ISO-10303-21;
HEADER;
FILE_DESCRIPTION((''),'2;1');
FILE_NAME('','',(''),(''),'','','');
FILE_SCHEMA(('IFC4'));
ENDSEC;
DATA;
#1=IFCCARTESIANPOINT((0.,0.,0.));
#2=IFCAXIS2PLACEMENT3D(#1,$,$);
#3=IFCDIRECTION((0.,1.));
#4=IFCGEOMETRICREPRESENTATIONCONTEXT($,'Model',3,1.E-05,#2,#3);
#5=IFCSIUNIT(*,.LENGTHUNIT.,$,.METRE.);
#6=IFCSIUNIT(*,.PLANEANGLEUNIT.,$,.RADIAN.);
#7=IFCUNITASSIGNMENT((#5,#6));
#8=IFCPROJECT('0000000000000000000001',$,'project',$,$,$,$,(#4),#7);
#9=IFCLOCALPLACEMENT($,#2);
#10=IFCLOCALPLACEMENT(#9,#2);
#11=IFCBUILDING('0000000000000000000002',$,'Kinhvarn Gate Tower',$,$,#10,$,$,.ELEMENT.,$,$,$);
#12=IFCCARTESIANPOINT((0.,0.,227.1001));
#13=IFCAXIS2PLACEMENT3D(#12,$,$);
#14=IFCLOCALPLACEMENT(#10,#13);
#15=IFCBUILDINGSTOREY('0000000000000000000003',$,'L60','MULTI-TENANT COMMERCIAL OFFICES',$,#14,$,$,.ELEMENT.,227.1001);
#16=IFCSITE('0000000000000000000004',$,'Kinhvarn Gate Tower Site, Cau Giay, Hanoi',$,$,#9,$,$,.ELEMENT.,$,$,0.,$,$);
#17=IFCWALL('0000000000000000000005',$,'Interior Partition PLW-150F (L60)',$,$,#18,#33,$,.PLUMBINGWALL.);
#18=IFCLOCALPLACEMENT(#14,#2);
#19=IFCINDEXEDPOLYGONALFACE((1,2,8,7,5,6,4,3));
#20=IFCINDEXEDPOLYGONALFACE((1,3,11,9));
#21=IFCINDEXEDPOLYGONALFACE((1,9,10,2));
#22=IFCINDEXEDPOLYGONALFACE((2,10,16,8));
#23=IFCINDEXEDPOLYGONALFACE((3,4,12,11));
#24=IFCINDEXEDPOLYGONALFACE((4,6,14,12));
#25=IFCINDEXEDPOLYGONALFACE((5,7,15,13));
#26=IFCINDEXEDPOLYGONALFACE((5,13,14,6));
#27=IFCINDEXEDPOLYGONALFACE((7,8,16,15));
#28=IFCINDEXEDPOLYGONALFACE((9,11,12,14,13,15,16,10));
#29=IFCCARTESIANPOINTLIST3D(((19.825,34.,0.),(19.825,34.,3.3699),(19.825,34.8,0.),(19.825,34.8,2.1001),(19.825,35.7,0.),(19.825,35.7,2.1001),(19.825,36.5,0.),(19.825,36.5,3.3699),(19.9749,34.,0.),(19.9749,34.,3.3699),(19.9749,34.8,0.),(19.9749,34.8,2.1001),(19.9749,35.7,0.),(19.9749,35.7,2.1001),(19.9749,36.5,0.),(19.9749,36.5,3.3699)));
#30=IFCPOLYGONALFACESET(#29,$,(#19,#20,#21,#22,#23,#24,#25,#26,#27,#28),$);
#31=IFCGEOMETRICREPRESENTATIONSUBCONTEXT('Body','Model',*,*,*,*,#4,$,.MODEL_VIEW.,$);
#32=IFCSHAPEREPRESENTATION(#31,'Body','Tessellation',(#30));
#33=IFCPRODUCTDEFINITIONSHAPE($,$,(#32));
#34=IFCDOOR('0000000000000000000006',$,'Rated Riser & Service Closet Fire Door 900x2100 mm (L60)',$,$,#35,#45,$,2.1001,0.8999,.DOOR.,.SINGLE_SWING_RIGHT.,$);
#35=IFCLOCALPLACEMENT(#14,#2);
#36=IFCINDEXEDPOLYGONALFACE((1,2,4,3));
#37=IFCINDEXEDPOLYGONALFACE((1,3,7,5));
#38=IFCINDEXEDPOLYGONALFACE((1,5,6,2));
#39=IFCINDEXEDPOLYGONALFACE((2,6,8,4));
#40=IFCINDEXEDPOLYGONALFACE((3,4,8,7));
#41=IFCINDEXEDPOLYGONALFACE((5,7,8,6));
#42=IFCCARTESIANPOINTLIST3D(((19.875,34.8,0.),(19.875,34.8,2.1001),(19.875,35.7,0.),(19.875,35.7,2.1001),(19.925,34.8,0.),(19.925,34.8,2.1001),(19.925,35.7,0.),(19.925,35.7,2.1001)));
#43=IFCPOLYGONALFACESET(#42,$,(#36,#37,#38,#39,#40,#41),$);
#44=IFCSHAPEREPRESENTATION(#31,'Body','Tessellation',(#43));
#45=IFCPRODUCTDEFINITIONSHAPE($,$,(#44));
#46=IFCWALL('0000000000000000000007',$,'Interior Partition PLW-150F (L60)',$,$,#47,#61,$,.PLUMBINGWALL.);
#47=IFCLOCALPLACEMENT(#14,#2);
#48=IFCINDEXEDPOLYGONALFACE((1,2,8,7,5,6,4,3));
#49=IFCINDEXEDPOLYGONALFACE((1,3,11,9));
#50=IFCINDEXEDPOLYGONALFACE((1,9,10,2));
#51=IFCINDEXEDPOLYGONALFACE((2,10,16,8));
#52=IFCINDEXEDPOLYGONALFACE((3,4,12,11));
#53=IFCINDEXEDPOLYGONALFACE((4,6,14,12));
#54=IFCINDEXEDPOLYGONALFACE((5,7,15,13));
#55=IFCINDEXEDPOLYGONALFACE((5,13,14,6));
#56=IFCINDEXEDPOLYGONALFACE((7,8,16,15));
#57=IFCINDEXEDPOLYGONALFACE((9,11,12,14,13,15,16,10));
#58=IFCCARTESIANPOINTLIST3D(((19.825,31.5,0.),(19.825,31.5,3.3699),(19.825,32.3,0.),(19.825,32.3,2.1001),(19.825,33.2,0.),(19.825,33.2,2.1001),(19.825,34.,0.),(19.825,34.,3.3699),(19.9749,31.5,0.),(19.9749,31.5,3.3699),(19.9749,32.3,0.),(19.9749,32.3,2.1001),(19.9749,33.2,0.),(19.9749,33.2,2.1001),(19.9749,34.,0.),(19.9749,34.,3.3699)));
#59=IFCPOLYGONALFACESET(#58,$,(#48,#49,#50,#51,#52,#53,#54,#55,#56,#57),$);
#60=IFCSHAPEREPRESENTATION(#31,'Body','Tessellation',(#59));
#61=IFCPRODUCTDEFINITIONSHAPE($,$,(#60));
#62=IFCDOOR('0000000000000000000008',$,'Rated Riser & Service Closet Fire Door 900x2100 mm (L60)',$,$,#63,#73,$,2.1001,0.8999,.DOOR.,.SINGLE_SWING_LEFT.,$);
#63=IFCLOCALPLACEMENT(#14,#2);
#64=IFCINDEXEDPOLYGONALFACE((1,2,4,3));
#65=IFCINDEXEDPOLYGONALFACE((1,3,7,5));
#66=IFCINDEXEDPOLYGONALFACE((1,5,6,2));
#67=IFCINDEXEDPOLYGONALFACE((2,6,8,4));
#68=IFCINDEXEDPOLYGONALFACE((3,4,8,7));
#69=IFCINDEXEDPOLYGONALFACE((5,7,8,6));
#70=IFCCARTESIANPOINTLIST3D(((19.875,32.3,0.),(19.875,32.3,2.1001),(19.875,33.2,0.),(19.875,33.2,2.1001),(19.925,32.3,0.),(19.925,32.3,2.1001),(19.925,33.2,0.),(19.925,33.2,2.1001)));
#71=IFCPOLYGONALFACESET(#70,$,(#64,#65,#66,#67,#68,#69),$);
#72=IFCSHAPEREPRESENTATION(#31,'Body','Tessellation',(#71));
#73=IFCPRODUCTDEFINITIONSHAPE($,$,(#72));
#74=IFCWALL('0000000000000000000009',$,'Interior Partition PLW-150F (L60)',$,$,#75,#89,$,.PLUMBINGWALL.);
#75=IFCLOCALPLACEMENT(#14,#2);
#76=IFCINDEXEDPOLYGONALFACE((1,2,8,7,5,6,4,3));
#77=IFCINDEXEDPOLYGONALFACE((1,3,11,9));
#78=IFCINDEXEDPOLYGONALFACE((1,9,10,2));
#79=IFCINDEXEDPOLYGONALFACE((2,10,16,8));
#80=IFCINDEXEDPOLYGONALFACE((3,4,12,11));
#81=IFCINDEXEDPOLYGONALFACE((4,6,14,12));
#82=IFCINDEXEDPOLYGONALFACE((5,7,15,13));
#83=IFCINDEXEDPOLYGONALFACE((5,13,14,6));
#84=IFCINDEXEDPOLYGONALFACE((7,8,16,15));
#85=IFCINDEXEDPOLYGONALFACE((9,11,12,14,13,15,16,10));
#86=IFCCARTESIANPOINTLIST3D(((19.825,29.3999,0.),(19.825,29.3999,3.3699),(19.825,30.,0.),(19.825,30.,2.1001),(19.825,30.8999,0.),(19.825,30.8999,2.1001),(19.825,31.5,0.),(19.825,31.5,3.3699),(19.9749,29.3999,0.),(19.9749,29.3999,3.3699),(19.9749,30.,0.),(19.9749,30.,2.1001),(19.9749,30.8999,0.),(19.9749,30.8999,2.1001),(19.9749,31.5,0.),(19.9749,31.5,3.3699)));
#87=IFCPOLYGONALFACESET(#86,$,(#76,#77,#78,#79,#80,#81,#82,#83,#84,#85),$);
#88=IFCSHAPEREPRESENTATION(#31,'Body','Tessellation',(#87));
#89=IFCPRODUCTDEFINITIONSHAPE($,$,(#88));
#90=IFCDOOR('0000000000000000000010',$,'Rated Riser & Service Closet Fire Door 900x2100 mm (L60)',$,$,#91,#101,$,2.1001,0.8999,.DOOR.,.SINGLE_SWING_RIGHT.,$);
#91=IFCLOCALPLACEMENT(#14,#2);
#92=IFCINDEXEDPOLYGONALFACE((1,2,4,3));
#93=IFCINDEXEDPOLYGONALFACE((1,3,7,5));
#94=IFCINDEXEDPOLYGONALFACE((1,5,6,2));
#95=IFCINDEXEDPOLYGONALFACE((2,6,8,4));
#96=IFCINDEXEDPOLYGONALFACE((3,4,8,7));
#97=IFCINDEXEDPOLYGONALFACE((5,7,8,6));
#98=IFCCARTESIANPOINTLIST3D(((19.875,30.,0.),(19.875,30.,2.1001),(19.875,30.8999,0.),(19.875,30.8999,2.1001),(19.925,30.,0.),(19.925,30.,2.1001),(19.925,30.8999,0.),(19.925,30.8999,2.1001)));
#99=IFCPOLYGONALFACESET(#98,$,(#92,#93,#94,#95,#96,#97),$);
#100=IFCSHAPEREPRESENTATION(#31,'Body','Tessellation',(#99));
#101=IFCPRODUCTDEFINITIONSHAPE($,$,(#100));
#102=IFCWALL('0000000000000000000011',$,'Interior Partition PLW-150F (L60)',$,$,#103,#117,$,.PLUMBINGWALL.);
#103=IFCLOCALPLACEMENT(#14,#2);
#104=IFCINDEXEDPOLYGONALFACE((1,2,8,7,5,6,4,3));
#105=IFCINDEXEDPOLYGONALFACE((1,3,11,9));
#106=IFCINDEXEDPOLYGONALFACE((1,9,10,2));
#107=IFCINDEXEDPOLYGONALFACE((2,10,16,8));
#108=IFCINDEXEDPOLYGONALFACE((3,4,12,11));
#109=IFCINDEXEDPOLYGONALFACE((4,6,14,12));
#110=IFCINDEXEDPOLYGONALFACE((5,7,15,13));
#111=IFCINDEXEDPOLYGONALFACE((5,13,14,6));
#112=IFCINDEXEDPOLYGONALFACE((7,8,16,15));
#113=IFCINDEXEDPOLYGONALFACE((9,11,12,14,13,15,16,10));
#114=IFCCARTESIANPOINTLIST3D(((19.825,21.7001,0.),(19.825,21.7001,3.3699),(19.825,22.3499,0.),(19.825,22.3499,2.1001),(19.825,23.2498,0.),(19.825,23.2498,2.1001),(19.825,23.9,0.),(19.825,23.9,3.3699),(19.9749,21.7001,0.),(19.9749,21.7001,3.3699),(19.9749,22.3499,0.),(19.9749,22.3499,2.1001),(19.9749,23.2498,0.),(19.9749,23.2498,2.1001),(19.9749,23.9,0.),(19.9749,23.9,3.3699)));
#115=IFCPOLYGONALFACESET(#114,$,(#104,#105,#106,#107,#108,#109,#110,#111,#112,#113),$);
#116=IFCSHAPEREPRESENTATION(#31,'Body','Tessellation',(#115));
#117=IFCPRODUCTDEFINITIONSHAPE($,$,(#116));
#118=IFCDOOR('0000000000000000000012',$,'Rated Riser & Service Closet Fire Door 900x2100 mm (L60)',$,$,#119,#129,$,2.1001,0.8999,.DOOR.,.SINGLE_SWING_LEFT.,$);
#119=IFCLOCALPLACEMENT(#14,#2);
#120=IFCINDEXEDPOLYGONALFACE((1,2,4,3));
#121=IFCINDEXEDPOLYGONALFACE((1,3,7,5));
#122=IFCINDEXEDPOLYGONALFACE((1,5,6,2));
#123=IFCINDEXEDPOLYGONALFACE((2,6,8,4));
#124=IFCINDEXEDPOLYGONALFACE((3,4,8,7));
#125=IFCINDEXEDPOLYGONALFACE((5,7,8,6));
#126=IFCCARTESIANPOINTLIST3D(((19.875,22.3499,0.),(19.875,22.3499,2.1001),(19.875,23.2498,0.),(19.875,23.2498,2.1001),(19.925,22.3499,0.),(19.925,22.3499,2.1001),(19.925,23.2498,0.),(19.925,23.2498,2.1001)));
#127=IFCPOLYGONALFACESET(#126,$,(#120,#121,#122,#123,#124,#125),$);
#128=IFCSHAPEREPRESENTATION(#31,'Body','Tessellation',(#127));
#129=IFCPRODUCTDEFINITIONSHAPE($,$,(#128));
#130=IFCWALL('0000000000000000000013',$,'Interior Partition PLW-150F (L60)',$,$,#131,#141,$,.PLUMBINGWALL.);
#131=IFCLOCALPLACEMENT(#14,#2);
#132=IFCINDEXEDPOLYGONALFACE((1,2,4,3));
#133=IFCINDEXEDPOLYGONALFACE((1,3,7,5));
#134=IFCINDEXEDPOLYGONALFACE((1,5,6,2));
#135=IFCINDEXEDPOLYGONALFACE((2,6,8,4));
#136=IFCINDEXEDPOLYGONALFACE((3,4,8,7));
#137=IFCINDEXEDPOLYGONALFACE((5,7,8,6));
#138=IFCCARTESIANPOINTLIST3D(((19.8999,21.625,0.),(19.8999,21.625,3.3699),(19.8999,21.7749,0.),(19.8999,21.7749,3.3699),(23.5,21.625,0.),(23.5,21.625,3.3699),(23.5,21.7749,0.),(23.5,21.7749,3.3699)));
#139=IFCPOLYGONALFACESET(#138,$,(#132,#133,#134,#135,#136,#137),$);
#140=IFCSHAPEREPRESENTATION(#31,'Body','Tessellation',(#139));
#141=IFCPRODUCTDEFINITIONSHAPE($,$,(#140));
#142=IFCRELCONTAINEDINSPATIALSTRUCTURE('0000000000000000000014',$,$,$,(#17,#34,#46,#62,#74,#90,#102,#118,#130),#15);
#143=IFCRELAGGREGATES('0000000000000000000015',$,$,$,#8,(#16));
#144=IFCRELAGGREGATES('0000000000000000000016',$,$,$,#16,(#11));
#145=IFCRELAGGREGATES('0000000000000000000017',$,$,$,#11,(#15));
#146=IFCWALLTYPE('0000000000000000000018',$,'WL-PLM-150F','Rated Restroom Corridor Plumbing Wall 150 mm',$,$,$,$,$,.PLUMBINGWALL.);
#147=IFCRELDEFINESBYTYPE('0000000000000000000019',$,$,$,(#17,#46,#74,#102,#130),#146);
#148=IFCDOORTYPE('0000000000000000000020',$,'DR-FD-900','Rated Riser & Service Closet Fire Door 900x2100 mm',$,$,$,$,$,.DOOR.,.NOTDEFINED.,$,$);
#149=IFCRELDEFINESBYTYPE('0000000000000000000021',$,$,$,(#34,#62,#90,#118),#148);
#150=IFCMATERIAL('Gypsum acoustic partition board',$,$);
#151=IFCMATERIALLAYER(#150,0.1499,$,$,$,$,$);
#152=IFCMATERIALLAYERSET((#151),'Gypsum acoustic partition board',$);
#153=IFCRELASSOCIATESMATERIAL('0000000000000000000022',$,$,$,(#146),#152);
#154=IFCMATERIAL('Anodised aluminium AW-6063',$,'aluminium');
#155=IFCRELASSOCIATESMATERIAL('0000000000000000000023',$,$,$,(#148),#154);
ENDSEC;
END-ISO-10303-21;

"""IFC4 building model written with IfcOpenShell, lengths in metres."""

from ifc_helpers import new_model, si_unit, direction, frame, frame_2d, origin, place, context, subcontext, project, spatial, rectangle, extrude, material, layer, layer_set, type_object, element, fill, save


model = new_model("IFC4")

# Units and contexts
model_context = context("Model", 3, precision=1e-05, world=origin(), true_north=direction((0.0, 1.0)))
body_context = subcontext(model_context, "Body", "Model", "MODEL_VIEW")
ifc_project = project(units=[si_unit("LENGTHUNIT", "METRE"), si_unit("PLANEANGLEUNIT", "RADIAN")], contexts=[model_context])

# Site, building, storey
site_placement = place(None, origin())
site = spatial("IfcSite", under=ifc_project, at=site_placement, Name="Kinhvarn Gate Tower Site, Cau Giay, Hanoi", CompositionType="ELEMENT", RefElevation=0.0)
building_placement = place(site_placement, origin())
building = spatial("IfcBuilding", under=site, at=building_placement, Name="Kinhvarn Gate Tower", CompositionType="ELEMENT")
storey_placement = place(building_placement, frame((0.0, 0.0, 227.1001)))
storey = spatial("IfcBuildingStorey", under=building, at=storey_placement, Name="L60", Description="MULTI-TENANT COMMERCIAL OFFICES", CompositionType="ELEMENT", Elevation=227.1001)

# Shared definitions
ifc_material_1 = material(Name="Anodised aluminium AW-6063", Category="aluminium")

# Shared definitions
ifc_material_2 = material(Name="Gypsum acoustic partition board")

# Walls, openings, doors
ifc_layer_1 = layer(ifc_material_2, 0.1499)
ifc_layer_set_1 = layer_set([ifc_layer_1], Name="Gypsum acoustic partition board")
wall_type_1 = type_object("IfcWallType", Name="WL-PLM-150F", Description="Rated Restroom Corridor Plumbing Wall 150 mm", PredefinedType="PLUMBINGWALL", material=ifc_layer_set_1)
wall_1_placement = place(storey_placement, frame((19.8999, 34.0, 0.0), z_axis=(0.0, 0.0, 1.0), x_axis=(0.0, 1.0, 0.0)))
wall_1 = element("IfcWall", 1, at=wall_1_placement, inside=storey, type_object=wall_type_1, Name="Interior Partition PLW-150F (L60)", PredefinedType="PLUMBINGWALL", context=body_context, shape_type="SweptSolid", body=[
    extrude(rectangle(XDim=2.5, YDim=0.1499, at=frame_2d((1.25, 0.0))), origin(), (0.0, 0.0, 1.0), 3.3699),
])
opening_1_placement = place(wall_1_placement, frame((0.8, 0.0, 0.0)))
opening_1 = element("IfcOpeningElement", 2, at=opening_1_placement, cuts=wall_1, PredefinedType="OPENING", context=body_context, shape_type="SweptSolid", body=[
    extrude(rectangle(XDim=0.8999, YDim=2.1001, at=frame_2d((0.45, 1.05))), frame((0.0, 0.085, 0.0), z_axis=(0.0, -1.0, 0.0), x_axis=(1.0, 0.0, 0.0)), (0.0, 0.0, 1.0), 0.1699),
])
door_type_1 = type_object("IfcDoorType", Name="DR-FD-900", Description="Rated Riser & Service Closet Fire Door 900x2100 mm", OperationType="NOTDEFINED", PredefinedType="DOOR", material=ifc_material_1)
door_1_placement = place(opening_1_placement, origin())
door_1 = element("IfcDoor", 3, at=door_1_placement, inside=storey, type_object=door_type_1, Name="Rated Riser & Service Closet Fire Door 900x2100 mm (L60)", OperationType="SINGLE_SWING_RIGHT", OverallHeight=2.1001, OverallWidth=0.8999, PredefinedType="DOOR", context=body_context, shape_type="SweptSolid", body=[
    extrude(rectangle(XDim=0.8999, YDim=2.1001, at=frame_2d((0.45, 1.05))), frame((0.0, 0.0249, 0.0), z_axis=(0.0, -1.0, 0.0), x_axis=(1.0, 0.0, 0.0)), (0.0, 0.0, 1.0), 0.05),
])
fill(opening_1, door_1)
wall_2_placement = place(storey_placement, frame((19.8999, 31.5, 0.0), z_axis=(0.0, 0.0, 1.0), x_axis=(0.0, 1.0, 0.0)))
wall_2 = element("IfcWall", 4, at=wall_2_placement, inside=storey, type_object=wall_type_1, Name="Interior Partition PLW-150F (L60)", PredefinedType="PLUMBINGWALL", context=body_context, shape_type="SweptSolid", body=[
    extrude(rectangle(XDim=2.5, YDim=0.1499, at=frame_2d((1.25, 0.0))), origin(), (0.0, 0.0, 1.0), 3.3699),
])
opening_2_placement = place(wall_2_placement, frame((0.8, 0.0, 0.0)))
opening_2 = element("IfcOpeningElement", 5, at=opening_2_placement, cuts=wall_2, PredefinedType="OPENING", context=body_context, shape_type="SweptSolid", body=[
    extrude(rectangle(XDim=0.8999, YDim=2.1001, at=frame_2d((0.45, 1.05))), frame((0.0, 0.085, 0.0), z_axis=(0.0, -1.0, 0.0), x_axis=(1.0, 0.0, 0.0)), (0.0, 0.0, 1.0), 0.1699),
])
door_2_placement = place(opening_2_placement, origin())
door_2 = element("IfcDoor", 6, at=door_2_placement, inside=storey, type_object=door_type_1, Name="Rated Riser & Service Closet Fire Door 900x2100 mm (L60)", OperationType="SINGLE_SWING_LEFT", OverallHeight=2.1001, OverallWidth=0.8999, PredefinedType="DOOR", context=body_context, shape_type="SweptSolid", body=[
    extrude(rectangle(XDim=0.8999, YDim=2.1001, at=frame_2d((0.45, 1.05))), frame((0.0, 0.0249, 0.0), z_axis=(0.0, -1.0, 0.0), x_axis=(1.0, 0.0, 0.0)), (0.0, 0.0, 1.0), 0.05),
])
fill(opening_2, door_2)
wall_3_placement = place(storey_placement, frame((19.8999, 29.3999, 0.0), z_axis=(0.0, 0.0, 1.0), x_axis=(0.0, 1.0, 0.0)))
wall_3 = element("IfcWall", 7, at=wall_3_placement, inside=storey, type_object=wall_type_1, Name="Interior Partition PLW-150F (L60)", PredefinedType="PLUMBINGWALL", context=body_context, shape_type="SweptSolid", body=[
    extrude(rectangle(XDim=2.1001, YDim=0.1499, at=frame_2d((1.05, 0.0))), origin(), (0.0, 0.0, 1.0), 3.3699),
])
opening_3_placement = place(wall_3_placement, frame((0.6001, 0.0, 0.0)))
opening_3 = element("IfcOpeningElement", 8, at=opening_3_placement, cuts=wall_3, PredefinedType="OPENING", context=body_context, shape_type="SweptSolid", body=[
    extrude(rectangle(XDim=0.8999, YDim=2.1001, at=frame_2d((0.45, 1.05))), frame((0.0, 0.085, 0.0), z_axis=(0.0, -1.0, 0.0), x_axis=(1.0, 0.0, 0.0)), (0.0, 0.0, 1.0), 0.1699),
])
door_3_placement = place(opening_3_placement, origin())
door_3 = element("IfcDoor", 9, at=door_3_placement, inside=storey, type_object=door_type_1, Name="Rated Riser & Service Closet Fire Door 900x2100 mm (L60)", OperationType="SINGLE_SWING_RIGHT", OverallHeight=2.1001, OverallWidth=0.8999, PredefinedType="DOOR", context=body_context, shape_type="SweptSolid", body=[
    extrude(rectangle(XDim=0.8999, YDim=2.1001, at=frame_2d((0.45, 1.05))), frame((0.0, 0.0249, 0.0), z_axis=(0.0, -1.0, 0.0), x_axis=(1.0, 0.0, 0.0)), (0.0, 0.0, 1.0), 0.05),
])
fill(opening_3, door_3)
wall_4_placement = place(storey_placement, frame((19.8999, 21.7, 0.0), z_axis=(0.0, 0.0, 1.0), x_axis=(0.0, 1.0, 0.0)))
wall_4 = element("IfcWall", 10, at=wall_4_placement, inside=storey, type_object=wall_type_1, Name="Interior Partition PLW-150F (L60)", PredefinedType="PLUMBINGWALL", context=body_context, shape_type="SweptSolid", body=[
    extrude(rectangle(XDim=2.2, YDim=0.1499, at=frame_2d((1.1001, 0.0))), origin(), (0.0, 0.0, 1.0), 3.3699),
])
opening_4_placement = place(wall_4_placement, frame((0.6499, 0.0, 0.0)))
opening_4 = element("IfcOpeningElement", 11, at=opening_4_placement, cuts=wall_4, PredefinedType="OPENING", context=body_context, shape_type="SweptSolid", body=[
    extrude(rectangle(XDim=0.8999, YDim=2.1001, at=frame_2d((0.45, 1.05))), frame((0.0, 0.085, 0.0), z_axis=(0.0, -1.0, 0.0), x_axis=(1.0, 0.0, 0.0)), (0.0, 0.0, 1.0), 0.1699),
])
door_4_placement = place(opening_4_placement, origin())
door_4 = element("IfcDoor", 12, at=door_4_placement, inside=storey, type_object=door_type_1, Name="Rated Riser & Service Closet Fire Door 900x2100 mm (L60)", OperationType="SINGLE_SWING_LEFT", OverallHeight=2.1001, OverallWidth=0.8999, PredefinedType="DOOR", context=body_context, shape_type="SweptSolid", body=[
    extrude(rectangle(XDim=0.8999, YDim=2.1001, at=frame_2d((0.45, 1.05))), frame((0.0, 0.0249, 0.0), z_axis=(0.0, -1.0, 0.0), x_axis=(1.0, 0.0, 0.0)), (0.0, 0.0, 1.0), 0.05),
])
fill(opening_4, door_4)

# Wall
wall_5_placement = place(storey_placement, frame((19.8999, 21.7, 0.0), z_axis=(0.0, 0.0, 1.0), x_axis=(1.0, 0.0, 0.0)))
element("IfcWall", 13, at=wall_5_placement, inside=storey, type_object=wall_type_1, Name="Interior Partition PLW-150F (L60)", PredefinedType="PLUMBINGWALL", context=body_context, shape_type="SweptSolid", body=[
    extrude(rectangle(XDim=3.6001, YDim=0.1499, at=frame_2d((1.8, 0.0))), origin(), (0.0, 0.0, 1.0), 3.3699),
])

save(model, "model.ifc")
